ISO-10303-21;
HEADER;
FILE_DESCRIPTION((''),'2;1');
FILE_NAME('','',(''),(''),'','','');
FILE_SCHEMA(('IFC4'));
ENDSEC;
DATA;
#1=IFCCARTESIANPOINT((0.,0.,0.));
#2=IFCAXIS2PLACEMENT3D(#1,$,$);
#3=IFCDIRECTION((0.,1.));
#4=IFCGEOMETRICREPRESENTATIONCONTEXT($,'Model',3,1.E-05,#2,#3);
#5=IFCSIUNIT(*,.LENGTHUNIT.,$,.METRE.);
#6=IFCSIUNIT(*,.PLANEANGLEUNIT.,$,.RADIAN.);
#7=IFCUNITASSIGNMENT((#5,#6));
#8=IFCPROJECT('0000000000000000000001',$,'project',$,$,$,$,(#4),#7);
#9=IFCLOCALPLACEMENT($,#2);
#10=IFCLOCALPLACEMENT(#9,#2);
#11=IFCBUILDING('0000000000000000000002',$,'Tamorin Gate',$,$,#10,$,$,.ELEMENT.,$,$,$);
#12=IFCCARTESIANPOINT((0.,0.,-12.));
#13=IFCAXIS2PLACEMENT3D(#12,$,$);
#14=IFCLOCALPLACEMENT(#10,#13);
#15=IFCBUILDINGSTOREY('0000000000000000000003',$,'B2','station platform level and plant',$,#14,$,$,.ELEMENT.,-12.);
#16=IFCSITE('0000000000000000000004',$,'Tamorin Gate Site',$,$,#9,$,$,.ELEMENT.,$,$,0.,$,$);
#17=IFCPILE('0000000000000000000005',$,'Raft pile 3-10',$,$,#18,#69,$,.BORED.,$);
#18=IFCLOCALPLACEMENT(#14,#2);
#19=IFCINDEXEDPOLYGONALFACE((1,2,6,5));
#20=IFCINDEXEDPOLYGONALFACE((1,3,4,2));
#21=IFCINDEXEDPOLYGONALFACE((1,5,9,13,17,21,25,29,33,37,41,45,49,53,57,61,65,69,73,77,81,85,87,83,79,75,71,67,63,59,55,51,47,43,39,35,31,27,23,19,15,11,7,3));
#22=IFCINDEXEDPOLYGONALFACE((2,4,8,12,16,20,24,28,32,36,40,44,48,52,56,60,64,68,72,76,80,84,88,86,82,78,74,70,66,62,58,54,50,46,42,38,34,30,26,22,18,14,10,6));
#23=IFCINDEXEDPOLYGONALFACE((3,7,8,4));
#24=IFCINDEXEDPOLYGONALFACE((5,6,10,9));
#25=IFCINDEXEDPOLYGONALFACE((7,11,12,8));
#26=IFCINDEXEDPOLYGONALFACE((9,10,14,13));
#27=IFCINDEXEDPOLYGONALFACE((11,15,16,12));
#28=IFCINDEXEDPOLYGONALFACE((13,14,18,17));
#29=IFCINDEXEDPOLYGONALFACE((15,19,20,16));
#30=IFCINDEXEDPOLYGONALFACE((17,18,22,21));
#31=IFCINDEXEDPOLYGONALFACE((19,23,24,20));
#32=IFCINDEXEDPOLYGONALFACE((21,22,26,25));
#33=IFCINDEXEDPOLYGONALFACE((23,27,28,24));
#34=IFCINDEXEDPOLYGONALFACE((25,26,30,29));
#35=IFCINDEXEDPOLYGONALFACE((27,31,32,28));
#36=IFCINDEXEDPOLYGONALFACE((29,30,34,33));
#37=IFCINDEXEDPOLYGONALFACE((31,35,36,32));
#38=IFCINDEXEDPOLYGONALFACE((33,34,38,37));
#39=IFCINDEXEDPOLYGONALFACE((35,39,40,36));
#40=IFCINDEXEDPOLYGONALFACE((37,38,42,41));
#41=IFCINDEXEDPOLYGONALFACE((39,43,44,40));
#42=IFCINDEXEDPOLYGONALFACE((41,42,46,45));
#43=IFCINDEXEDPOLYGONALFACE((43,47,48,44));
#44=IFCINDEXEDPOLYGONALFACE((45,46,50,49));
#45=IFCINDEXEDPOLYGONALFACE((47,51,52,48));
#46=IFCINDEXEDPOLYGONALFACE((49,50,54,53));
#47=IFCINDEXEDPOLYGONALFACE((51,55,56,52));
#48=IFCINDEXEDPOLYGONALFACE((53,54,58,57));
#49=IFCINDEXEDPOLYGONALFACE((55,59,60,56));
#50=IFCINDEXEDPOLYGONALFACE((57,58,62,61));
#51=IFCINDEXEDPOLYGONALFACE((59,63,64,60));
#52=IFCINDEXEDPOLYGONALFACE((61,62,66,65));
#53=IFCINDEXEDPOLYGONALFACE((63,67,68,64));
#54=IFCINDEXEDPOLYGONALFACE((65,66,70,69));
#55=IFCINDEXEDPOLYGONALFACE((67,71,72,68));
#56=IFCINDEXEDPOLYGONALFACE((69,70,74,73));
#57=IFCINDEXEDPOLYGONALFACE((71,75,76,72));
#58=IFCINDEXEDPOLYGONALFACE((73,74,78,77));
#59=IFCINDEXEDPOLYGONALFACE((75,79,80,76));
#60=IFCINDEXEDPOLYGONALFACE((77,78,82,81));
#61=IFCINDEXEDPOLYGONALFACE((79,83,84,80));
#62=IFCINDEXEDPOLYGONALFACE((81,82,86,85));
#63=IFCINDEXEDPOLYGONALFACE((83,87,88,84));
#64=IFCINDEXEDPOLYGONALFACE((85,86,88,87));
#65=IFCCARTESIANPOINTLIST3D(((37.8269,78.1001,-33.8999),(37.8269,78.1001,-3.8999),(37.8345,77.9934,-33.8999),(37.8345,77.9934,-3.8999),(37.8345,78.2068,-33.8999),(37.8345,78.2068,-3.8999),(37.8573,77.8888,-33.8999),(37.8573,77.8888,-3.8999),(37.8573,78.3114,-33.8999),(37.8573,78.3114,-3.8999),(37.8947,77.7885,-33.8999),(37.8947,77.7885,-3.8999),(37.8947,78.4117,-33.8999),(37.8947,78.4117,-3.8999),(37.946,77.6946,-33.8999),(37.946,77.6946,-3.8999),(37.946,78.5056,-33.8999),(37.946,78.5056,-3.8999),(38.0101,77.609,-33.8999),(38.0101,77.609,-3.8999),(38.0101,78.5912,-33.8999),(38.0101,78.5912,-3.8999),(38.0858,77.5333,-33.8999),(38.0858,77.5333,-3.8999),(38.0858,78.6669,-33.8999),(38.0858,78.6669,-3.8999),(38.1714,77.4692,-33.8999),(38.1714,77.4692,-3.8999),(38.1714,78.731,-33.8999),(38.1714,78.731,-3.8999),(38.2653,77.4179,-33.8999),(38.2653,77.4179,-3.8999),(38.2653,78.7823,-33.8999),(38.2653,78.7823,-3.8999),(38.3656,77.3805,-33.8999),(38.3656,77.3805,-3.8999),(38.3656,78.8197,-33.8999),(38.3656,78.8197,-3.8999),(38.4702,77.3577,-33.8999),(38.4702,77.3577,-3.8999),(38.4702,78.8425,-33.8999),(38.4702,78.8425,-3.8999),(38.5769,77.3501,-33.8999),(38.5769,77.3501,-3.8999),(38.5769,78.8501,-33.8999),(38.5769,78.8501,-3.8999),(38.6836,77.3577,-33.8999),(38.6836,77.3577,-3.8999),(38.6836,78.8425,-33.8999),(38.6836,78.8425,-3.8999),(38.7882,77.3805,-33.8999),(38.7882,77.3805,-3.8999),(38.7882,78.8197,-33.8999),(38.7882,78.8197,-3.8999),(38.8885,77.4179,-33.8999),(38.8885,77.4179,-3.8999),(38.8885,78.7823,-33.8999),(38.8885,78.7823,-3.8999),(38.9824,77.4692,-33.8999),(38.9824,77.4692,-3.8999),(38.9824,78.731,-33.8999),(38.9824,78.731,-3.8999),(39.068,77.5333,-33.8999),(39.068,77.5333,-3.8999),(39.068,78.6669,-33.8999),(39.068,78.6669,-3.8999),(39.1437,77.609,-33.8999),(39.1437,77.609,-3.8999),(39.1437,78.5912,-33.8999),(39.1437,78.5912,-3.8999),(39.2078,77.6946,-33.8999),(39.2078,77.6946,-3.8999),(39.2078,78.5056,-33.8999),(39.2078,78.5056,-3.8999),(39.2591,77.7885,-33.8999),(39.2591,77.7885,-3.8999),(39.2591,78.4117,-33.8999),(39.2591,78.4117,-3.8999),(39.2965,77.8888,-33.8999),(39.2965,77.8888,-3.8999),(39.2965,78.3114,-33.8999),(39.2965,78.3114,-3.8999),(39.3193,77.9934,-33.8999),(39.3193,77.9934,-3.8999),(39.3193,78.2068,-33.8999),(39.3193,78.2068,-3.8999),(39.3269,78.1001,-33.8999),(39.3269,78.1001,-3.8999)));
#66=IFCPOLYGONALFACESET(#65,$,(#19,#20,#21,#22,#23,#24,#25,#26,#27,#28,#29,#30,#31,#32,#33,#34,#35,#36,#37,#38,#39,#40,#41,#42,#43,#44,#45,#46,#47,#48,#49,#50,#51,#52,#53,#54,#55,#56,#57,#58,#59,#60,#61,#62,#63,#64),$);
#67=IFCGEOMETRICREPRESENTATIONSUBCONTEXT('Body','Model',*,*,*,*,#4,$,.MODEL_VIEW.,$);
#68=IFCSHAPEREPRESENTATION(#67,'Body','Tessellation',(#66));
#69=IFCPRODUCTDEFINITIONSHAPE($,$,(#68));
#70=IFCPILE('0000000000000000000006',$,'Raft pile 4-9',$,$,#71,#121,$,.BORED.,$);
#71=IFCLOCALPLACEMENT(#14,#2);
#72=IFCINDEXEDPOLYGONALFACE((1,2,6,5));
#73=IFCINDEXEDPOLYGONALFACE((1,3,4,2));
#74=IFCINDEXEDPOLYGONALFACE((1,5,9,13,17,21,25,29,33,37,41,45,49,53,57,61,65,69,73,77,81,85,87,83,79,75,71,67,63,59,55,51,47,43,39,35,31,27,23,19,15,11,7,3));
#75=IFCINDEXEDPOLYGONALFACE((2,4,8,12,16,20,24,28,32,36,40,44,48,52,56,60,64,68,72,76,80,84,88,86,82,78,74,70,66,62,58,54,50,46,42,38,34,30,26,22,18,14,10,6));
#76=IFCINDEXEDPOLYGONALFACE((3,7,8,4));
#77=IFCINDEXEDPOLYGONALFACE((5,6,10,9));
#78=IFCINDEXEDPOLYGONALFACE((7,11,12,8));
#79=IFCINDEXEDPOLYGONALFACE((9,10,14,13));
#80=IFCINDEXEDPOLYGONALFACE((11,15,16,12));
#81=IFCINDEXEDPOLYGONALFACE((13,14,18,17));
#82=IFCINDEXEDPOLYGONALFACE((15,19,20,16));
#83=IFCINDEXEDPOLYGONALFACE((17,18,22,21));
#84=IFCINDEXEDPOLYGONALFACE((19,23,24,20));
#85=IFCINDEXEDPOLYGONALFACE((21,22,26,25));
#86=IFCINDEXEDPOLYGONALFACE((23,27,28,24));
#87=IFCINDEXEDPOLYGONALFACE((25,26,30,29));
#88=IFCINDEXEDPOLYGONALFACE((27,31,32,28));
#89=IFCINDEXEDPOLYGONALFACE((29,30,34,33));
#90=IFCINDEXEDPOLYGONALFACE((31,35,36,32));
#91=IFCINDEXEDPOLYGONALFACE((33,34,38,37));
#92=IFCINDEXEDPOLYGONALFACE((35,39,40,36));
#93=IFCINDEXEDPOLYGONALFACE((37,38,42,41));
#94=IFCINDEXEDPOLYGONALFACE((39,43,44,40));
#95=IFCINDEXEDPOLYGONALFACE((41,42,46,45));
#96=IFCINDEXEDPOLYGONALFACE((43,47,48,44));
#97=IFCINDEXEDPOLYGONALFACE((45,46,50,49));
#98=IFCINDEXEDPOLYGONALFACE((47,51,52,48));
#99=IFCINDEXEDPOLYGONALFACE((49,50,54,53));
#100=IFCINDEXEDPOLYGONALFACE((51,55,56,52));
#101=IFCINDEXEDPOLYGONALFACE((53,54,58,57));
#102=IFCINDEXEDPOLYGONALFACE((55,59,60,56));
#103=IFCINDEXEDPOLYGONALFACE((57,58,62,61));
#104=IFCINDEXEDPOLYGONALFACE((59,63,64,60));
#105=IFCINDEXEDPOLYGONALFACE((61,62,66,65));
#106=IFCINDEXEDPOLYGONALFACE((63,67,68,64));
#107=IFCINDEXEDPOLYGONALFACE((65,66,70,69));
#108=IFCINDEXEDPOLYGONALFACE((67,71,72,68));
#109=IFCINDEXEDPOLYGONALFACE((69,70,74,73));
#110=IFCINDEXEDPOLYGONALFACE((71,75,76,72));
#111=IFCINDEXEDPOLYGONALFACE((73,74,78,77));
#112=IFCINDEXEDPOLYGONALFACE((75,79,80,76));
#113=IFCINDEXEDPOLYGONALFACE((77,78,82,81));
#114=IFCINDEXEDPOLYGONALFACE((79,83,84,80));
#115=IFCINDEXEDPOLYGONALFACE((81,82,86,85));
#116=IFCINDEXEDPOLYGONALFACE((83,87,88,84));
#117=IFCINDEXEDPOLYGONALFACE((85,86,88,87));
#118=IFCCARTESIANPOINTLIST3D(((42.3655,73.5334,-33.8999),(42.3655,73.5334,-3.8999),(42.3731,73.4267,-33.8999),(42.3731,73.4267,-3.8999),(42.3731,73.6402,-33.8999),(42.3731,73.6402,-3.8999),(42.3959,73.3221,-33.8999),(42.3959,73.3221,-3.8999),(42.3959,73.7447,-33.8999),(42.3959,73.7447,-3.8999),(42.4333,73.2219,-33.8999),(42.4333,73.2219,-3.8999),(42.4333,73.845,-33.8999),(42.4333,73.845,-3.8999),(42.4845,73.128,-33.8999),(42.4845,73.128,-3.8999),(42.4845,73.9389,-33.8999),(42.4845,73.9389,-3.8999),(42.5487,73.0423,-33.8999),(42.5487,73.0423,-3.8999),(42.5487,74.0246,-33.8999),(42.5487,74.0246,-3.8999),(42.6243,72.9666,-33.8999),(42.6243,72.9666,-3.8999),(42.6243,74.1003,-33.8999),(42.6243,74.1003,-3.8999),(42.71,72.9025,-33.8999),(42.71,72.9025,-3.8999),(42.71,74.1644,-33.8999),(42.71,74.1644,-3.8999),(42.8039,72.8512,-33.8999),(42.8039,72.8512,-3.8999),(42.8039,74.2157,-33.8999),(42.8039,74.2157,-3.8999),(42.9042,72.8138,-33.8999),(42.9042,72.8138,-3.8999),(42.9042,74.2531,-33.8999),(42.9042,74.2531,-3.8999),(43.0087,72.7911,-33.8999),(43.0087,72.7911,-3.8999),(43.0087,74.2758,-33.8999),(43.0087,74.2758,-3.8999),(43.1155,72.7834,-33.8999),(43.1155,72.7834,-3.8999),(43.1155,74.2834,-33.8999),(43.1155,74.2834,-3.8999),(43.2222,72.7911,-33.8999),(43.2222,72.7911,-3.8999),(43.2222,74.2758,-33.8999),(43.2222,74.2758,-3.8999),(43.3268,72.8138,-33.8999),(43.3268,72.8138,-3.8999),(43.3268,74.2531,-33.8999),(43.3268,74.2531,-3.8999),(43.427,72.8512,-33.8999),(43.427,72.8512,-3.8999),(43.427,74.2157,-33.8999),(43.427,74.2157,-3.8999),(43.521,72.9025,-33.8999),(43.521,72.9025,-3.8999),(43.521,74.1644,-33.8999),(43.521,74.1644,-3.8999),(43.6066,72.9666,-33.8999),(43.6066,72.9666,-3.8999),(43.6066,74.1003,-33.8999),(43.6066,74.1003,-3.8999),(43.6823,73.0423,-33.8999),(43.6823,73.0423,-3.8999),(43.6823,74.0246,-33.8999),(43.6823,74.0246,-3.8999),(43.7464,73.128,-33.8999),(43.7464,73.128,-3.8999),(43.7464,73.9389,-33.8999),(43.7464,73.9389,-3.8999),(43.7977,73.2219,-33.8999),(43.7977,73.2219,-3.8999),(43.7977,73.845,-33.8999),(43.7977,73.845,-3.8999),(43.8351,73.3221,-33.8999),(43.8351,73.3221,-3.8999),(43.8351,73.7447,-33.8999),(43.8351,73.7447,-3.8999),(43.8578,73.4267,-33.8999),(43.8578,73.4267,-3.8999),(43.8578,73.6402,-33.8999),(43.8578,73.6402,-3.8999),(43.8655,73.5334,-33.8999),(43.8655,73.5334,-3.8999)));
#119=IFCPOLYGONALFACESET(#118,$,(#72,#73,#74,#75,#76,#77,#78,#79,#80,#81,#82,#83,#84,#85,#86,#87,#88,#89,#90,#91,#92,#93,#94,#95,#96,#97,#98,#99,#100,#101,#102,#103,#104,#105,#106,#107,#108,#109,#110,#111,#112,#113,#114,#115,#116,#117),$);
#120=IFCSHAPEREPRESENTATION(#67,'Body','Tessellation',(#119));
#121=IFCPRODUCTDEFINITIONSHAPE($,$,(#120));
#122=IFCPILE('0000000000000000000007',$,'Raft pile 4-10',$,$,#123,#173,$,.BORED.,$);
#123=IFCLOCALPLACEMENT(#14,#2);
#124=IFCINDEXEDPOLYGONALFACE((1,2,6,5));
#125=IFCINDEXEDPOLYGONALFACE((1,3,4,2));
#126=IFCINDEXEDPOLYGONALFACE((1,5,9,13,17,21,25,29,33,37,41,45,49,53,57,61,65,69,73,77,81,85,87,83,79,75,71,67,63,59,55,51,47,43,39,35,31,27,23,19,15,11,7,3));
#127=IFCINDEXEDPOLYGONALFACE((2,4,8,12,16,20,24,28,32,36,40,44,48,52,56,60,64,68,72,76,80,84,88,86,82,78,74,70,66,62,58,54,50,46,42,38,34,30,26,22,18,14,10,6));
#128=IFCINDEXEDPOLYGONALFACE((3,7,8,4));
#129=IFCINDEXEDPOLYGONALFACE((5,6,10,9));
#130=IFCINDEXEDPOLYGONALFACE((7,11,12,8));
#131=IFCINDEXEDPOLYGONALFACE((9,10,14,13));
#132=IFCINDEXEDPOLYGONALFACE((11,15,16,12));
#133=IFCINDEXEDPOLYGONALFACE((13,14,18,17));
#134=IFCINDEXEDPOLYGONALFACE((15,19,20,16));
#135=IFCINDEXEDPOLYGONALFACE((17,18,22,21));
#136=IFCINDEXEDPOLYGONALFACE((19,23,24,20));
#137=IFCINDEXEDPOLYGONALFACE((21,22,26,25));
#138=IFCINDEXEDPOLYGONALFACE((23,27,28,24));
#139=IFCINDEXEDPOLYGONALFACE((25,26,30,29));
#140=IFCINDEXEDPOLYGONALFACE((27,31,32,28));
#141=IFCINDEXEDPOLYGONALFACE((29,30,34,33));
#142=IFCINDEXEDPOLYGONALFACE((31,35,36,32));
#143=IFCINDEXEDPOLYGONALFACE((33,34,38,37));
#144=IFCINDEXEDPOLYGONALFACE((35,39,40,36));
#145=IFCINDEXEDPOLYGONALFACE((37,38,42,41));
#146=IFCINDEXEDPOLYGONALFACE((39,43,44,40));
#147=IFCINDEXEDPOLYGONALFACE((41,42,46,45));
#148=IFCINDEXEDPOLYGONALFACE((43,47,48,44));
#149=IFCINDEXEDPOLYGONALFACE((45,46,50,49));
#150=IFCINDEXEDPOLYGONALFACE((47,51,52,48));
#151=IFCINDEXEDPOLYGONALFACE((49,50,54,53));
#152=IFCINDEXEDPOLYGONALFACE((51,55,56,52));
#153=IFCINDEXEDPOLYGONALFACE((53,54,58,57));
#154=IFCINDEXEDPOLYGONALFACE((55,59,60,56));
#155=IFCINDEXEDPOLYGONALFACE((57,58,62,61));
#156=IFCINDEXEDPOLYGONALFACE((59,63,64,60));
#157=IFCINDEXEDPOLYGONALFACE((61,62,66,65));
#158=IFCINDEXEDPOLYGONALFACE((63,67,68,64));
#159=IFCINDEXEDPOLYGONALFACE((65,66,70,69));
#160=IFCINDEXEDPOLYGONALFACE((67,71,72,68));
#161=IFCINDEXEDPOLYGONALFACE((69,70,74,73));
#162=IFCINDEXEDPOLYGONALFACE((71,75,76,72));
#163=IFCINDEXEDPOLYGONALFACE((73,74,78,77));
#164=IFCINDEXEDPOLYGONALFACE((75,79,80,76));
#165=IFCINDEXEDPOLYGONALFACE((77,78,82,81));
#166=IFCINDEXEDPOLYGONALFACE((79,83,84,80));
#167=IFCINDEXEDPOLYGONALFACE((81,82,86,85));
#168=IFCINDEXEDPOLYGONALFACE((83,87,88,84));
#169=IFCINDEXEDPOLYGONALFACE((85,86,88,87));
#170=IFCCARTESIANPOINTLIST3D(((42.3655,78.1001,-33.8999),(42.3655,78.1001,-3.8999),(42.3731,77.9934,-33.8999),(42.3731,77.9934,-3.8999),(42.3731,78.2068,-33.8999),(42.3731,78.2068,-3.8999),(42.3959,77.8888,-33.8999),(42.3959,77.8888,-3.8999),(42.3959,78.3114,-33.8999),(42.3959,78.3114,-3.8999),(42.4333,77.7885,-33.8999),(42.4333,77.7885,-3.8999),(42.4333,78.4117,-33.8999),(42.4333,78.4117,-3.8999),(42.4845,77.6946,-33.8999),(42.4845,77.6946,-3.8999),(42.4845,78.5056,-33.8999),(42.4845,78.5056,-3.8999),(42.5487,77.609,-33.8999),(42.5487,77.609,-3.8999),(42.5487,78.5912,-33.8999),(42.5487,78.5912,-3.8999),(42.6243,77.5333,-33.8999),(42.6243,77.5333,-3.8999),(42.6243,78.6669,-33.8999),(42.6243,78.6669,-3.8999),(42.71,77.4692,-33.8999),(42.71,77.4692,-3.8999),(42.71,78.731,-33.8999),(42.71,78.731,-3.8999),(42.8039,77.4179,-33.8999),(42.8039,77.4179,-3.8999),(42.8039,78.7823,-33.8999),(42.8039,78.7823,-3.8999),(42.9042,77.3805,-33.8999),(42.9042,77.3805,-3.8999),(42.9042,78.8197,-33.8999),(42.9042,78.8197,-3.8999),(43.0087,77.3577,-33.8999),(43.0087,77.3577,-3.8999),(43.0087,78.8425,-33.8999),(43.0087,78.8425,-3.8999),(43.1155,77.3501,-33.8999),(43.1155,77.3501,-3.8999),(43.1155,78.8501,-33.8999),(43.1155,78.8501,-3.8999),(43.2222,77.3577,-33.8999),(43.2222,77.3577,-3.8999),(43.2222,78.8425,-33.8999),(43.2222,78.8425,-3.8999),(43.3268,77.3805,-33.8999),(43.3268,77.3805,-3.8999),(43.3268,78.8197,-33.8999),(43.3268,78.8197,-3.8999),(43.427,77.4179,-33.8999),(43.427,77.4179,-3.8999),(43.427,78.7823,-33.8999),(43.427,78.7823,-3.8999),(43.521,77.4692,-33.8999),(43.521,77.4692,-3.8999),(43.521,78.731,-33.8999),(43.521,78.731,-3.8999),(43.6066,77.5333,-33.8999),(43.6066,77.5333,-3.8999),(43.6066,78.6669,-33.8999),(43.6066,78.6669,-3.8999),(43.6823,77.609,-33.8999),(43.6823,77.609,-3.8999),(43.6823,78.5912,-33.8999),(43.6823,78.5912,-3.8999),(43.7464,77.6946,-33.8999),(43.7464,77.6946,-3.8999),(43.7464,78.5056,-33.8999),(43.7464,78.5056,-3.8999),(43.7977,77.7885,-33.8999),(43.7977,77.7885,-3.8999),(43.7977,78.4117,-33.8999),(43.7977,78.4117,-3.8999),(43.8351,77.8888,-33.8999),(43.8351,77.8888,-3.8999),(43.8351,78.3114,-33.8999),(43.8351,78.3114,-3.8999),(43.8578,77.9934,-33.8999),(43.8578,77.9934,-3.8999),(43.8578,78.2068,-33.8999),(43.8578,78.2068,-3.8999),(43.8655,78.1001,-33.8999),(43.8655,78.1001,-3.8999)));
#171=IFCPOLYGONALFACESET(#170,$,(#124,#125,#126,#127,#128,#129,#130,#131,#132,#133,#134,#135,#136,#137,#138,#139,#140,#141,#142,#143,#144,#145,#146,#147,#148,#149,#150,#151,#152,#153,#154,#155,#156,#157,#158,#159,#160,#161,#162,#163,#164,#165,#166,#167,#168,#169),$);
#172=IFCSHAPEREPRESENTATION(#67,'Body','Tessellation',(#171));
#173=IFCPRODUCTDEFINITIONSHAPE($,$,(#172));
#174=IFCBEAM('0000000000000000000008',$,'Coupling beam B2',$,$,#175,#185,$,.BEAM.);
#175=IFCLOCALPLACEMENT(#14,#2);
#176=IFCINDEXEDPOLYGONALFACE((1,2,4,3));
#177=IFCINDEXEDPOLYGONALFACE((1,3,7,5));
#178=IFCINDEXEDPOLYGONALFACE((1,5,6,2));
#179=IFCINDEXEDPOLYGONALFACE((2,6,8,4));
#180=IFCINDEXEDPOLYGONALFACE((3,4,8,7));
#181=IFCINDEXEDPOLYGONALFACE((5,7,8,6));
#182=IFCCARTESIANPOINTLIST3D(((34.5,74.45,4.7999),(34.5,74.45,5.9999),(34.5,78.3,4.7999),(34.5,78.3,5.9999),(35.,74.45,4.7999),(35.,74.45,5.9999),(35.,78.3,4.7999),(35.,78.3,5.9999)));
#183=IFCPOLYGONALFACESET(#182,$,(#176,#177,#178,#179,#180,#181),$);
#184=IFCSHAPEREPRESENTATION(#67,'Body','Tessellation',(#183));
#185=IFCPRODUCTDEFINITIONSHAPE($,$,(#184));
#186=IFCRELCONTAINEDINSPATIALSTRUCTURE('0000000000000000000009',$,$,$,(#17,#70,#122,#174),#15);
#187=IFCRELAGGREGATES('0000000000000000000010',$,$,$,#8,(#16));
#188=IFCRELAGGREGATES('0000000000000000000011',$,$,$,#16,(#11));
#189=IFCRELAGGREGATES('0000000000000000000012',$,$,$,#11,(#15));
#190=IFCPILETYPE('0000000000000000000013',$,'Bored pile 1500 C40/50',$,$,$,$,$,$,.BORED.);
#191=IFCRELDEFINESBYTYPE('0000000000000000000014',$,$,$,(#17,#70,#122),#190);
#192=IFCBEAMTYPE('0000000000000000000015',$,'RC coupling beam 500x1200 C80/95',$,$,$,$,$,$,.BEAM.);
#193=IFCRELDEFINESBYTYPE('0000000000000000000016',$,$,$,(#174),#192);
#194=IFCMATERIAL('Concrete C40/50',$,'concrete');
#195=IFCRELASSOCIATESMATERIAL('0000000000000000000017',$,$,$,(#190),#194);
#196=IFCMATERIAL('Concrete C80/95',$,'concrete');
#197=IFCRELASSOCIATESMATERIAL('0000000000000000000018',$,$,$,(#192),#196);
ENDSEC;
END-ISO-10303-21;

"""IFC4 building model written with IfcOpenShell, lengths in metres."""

from ifc_helpers import new_model, si_unit, direction, frame, origin, origin_2d, place, context, subcontext, project, spatial, rectangle, circle, extrude, material, material_profile, profile_set, type_object, element, save


model = new_model("IFC4")

# Units and contexts
model_context = context("Model", 3, precision=1e-05, world=origin(), true_north=direction((0.0, 1.0)))
body_context = subcontext(model_context, "Body", "Model", "MODEL_VIEW")
ifc_project = project(units=[si_unit("LENGTHUNIT", "METRE"), si_unit("PLANEANGLEUNIT", "RADIAN")], contexts=[model_context])

# Site, building, storey
site_placement = place(None, origin())
site = spatial("IfcSite", under=ifc_project, at=site_placement, Name="Tamorin Gate Site", CompositionType="ELEMENT", RefElevation=0.0)
building_placement = place(site_placement, origin())
building = spatial("IfcBuilding", under=site, at=building_placement, Name="Tamorin Gate", CompositionType="ELEMENT")
storey_placement = place(building_placement, frame((0.0, 0.0, -12.0)))
storey = spatial("IfcBuildingStorey", under=building, at=storey_placement, Name="B2", Description="station platform level and plant", CompositionType="ELEMENT", Elevation=-12.0)

# Piles
ifc_material_1 = material(Name="Concrete C40/50", Category="concrete")
ifc_material_profile_1 = material_profile(ifc_material_1, circle(Radius=0.75, at=origin_2d()))
ifc_profile_set_1 = profile_set([ifc_material_profile_1], Name="Concrete C40/50")
pile_type = type_object("IfcPileType", Name="Bored pile 1500 C40/50", PredefinedType="BORED", material=ifc_profile_set_1)
for number, where, z_axis, x_axis, name in (
    (1, (38.5769, 78.1001, -3.8999), (0.0, 0.0, -1.0), (1.0, 0.0, 0.0), "Raft pile 3-10"),
    (2, (43.1155, 73.5334, -3.8999), (0.0, 0.0, -1.0), (1.0, 0.0, 0.0), "Raft pile 4-9"),
    (3, (43.1155, 78.1001, -3.8999), (0.0, 0.0, -1.0), (1.0, 0.0, 0.0), "Raft pile 4-10"),
):
    element("IfcPile", number, at=place(storey_placement, frame(where, z_axis=z_axis, x_axis=x_axis)), inside=storey, type_object=pile_type, Name=name, PredefinedType="BORED", context=body_context, shape_type="SweptSolid", body=[
        extrude(circle(Radius=0.75, at=origin_2d()), origin(), (0.0, 0.0, 1.0), 30.0),
    ])

# Beam
ifc_material_2 = material(Name="Concrete C80/95", Category="concrete")
ifc_material_profile_2 = material_profile(ifc_material_2, rectangle(XDim=0.5, YDim=1.2, at=origin_2d()), Name="RC 500x1200")
ifc_profile_set_2 = profile_set([ifc_material_profile_2], Name="Concrete C80/95")
beam_type = type_object("IfcBeamType", Name="RC coupling beam 500x1200 C80/95", PredefinedType="BEAM", material=ifc_profile_set_2)
beam_placement = place(storey_placement, frame((34.75, 74.45, 5.3999), z_axis=(0.0, 1.0, 0.0), x_axis=(-1.0, 0.0, 0.0)))
element("IfcBeam", 4, at=beam_placement, inside=storey, type_object=beam_type, Name="Coupling beam B2", PredefinedType="BEAM", context=body_context, shape_type="SweptSolid", body=[
    extrude(rectangle(XDim=0.5, YDim=1.2, at=origin_2d()), origin(), (0.0, 0.0, 1.0), 3.8501),
])

save(model, "model.ifc")
